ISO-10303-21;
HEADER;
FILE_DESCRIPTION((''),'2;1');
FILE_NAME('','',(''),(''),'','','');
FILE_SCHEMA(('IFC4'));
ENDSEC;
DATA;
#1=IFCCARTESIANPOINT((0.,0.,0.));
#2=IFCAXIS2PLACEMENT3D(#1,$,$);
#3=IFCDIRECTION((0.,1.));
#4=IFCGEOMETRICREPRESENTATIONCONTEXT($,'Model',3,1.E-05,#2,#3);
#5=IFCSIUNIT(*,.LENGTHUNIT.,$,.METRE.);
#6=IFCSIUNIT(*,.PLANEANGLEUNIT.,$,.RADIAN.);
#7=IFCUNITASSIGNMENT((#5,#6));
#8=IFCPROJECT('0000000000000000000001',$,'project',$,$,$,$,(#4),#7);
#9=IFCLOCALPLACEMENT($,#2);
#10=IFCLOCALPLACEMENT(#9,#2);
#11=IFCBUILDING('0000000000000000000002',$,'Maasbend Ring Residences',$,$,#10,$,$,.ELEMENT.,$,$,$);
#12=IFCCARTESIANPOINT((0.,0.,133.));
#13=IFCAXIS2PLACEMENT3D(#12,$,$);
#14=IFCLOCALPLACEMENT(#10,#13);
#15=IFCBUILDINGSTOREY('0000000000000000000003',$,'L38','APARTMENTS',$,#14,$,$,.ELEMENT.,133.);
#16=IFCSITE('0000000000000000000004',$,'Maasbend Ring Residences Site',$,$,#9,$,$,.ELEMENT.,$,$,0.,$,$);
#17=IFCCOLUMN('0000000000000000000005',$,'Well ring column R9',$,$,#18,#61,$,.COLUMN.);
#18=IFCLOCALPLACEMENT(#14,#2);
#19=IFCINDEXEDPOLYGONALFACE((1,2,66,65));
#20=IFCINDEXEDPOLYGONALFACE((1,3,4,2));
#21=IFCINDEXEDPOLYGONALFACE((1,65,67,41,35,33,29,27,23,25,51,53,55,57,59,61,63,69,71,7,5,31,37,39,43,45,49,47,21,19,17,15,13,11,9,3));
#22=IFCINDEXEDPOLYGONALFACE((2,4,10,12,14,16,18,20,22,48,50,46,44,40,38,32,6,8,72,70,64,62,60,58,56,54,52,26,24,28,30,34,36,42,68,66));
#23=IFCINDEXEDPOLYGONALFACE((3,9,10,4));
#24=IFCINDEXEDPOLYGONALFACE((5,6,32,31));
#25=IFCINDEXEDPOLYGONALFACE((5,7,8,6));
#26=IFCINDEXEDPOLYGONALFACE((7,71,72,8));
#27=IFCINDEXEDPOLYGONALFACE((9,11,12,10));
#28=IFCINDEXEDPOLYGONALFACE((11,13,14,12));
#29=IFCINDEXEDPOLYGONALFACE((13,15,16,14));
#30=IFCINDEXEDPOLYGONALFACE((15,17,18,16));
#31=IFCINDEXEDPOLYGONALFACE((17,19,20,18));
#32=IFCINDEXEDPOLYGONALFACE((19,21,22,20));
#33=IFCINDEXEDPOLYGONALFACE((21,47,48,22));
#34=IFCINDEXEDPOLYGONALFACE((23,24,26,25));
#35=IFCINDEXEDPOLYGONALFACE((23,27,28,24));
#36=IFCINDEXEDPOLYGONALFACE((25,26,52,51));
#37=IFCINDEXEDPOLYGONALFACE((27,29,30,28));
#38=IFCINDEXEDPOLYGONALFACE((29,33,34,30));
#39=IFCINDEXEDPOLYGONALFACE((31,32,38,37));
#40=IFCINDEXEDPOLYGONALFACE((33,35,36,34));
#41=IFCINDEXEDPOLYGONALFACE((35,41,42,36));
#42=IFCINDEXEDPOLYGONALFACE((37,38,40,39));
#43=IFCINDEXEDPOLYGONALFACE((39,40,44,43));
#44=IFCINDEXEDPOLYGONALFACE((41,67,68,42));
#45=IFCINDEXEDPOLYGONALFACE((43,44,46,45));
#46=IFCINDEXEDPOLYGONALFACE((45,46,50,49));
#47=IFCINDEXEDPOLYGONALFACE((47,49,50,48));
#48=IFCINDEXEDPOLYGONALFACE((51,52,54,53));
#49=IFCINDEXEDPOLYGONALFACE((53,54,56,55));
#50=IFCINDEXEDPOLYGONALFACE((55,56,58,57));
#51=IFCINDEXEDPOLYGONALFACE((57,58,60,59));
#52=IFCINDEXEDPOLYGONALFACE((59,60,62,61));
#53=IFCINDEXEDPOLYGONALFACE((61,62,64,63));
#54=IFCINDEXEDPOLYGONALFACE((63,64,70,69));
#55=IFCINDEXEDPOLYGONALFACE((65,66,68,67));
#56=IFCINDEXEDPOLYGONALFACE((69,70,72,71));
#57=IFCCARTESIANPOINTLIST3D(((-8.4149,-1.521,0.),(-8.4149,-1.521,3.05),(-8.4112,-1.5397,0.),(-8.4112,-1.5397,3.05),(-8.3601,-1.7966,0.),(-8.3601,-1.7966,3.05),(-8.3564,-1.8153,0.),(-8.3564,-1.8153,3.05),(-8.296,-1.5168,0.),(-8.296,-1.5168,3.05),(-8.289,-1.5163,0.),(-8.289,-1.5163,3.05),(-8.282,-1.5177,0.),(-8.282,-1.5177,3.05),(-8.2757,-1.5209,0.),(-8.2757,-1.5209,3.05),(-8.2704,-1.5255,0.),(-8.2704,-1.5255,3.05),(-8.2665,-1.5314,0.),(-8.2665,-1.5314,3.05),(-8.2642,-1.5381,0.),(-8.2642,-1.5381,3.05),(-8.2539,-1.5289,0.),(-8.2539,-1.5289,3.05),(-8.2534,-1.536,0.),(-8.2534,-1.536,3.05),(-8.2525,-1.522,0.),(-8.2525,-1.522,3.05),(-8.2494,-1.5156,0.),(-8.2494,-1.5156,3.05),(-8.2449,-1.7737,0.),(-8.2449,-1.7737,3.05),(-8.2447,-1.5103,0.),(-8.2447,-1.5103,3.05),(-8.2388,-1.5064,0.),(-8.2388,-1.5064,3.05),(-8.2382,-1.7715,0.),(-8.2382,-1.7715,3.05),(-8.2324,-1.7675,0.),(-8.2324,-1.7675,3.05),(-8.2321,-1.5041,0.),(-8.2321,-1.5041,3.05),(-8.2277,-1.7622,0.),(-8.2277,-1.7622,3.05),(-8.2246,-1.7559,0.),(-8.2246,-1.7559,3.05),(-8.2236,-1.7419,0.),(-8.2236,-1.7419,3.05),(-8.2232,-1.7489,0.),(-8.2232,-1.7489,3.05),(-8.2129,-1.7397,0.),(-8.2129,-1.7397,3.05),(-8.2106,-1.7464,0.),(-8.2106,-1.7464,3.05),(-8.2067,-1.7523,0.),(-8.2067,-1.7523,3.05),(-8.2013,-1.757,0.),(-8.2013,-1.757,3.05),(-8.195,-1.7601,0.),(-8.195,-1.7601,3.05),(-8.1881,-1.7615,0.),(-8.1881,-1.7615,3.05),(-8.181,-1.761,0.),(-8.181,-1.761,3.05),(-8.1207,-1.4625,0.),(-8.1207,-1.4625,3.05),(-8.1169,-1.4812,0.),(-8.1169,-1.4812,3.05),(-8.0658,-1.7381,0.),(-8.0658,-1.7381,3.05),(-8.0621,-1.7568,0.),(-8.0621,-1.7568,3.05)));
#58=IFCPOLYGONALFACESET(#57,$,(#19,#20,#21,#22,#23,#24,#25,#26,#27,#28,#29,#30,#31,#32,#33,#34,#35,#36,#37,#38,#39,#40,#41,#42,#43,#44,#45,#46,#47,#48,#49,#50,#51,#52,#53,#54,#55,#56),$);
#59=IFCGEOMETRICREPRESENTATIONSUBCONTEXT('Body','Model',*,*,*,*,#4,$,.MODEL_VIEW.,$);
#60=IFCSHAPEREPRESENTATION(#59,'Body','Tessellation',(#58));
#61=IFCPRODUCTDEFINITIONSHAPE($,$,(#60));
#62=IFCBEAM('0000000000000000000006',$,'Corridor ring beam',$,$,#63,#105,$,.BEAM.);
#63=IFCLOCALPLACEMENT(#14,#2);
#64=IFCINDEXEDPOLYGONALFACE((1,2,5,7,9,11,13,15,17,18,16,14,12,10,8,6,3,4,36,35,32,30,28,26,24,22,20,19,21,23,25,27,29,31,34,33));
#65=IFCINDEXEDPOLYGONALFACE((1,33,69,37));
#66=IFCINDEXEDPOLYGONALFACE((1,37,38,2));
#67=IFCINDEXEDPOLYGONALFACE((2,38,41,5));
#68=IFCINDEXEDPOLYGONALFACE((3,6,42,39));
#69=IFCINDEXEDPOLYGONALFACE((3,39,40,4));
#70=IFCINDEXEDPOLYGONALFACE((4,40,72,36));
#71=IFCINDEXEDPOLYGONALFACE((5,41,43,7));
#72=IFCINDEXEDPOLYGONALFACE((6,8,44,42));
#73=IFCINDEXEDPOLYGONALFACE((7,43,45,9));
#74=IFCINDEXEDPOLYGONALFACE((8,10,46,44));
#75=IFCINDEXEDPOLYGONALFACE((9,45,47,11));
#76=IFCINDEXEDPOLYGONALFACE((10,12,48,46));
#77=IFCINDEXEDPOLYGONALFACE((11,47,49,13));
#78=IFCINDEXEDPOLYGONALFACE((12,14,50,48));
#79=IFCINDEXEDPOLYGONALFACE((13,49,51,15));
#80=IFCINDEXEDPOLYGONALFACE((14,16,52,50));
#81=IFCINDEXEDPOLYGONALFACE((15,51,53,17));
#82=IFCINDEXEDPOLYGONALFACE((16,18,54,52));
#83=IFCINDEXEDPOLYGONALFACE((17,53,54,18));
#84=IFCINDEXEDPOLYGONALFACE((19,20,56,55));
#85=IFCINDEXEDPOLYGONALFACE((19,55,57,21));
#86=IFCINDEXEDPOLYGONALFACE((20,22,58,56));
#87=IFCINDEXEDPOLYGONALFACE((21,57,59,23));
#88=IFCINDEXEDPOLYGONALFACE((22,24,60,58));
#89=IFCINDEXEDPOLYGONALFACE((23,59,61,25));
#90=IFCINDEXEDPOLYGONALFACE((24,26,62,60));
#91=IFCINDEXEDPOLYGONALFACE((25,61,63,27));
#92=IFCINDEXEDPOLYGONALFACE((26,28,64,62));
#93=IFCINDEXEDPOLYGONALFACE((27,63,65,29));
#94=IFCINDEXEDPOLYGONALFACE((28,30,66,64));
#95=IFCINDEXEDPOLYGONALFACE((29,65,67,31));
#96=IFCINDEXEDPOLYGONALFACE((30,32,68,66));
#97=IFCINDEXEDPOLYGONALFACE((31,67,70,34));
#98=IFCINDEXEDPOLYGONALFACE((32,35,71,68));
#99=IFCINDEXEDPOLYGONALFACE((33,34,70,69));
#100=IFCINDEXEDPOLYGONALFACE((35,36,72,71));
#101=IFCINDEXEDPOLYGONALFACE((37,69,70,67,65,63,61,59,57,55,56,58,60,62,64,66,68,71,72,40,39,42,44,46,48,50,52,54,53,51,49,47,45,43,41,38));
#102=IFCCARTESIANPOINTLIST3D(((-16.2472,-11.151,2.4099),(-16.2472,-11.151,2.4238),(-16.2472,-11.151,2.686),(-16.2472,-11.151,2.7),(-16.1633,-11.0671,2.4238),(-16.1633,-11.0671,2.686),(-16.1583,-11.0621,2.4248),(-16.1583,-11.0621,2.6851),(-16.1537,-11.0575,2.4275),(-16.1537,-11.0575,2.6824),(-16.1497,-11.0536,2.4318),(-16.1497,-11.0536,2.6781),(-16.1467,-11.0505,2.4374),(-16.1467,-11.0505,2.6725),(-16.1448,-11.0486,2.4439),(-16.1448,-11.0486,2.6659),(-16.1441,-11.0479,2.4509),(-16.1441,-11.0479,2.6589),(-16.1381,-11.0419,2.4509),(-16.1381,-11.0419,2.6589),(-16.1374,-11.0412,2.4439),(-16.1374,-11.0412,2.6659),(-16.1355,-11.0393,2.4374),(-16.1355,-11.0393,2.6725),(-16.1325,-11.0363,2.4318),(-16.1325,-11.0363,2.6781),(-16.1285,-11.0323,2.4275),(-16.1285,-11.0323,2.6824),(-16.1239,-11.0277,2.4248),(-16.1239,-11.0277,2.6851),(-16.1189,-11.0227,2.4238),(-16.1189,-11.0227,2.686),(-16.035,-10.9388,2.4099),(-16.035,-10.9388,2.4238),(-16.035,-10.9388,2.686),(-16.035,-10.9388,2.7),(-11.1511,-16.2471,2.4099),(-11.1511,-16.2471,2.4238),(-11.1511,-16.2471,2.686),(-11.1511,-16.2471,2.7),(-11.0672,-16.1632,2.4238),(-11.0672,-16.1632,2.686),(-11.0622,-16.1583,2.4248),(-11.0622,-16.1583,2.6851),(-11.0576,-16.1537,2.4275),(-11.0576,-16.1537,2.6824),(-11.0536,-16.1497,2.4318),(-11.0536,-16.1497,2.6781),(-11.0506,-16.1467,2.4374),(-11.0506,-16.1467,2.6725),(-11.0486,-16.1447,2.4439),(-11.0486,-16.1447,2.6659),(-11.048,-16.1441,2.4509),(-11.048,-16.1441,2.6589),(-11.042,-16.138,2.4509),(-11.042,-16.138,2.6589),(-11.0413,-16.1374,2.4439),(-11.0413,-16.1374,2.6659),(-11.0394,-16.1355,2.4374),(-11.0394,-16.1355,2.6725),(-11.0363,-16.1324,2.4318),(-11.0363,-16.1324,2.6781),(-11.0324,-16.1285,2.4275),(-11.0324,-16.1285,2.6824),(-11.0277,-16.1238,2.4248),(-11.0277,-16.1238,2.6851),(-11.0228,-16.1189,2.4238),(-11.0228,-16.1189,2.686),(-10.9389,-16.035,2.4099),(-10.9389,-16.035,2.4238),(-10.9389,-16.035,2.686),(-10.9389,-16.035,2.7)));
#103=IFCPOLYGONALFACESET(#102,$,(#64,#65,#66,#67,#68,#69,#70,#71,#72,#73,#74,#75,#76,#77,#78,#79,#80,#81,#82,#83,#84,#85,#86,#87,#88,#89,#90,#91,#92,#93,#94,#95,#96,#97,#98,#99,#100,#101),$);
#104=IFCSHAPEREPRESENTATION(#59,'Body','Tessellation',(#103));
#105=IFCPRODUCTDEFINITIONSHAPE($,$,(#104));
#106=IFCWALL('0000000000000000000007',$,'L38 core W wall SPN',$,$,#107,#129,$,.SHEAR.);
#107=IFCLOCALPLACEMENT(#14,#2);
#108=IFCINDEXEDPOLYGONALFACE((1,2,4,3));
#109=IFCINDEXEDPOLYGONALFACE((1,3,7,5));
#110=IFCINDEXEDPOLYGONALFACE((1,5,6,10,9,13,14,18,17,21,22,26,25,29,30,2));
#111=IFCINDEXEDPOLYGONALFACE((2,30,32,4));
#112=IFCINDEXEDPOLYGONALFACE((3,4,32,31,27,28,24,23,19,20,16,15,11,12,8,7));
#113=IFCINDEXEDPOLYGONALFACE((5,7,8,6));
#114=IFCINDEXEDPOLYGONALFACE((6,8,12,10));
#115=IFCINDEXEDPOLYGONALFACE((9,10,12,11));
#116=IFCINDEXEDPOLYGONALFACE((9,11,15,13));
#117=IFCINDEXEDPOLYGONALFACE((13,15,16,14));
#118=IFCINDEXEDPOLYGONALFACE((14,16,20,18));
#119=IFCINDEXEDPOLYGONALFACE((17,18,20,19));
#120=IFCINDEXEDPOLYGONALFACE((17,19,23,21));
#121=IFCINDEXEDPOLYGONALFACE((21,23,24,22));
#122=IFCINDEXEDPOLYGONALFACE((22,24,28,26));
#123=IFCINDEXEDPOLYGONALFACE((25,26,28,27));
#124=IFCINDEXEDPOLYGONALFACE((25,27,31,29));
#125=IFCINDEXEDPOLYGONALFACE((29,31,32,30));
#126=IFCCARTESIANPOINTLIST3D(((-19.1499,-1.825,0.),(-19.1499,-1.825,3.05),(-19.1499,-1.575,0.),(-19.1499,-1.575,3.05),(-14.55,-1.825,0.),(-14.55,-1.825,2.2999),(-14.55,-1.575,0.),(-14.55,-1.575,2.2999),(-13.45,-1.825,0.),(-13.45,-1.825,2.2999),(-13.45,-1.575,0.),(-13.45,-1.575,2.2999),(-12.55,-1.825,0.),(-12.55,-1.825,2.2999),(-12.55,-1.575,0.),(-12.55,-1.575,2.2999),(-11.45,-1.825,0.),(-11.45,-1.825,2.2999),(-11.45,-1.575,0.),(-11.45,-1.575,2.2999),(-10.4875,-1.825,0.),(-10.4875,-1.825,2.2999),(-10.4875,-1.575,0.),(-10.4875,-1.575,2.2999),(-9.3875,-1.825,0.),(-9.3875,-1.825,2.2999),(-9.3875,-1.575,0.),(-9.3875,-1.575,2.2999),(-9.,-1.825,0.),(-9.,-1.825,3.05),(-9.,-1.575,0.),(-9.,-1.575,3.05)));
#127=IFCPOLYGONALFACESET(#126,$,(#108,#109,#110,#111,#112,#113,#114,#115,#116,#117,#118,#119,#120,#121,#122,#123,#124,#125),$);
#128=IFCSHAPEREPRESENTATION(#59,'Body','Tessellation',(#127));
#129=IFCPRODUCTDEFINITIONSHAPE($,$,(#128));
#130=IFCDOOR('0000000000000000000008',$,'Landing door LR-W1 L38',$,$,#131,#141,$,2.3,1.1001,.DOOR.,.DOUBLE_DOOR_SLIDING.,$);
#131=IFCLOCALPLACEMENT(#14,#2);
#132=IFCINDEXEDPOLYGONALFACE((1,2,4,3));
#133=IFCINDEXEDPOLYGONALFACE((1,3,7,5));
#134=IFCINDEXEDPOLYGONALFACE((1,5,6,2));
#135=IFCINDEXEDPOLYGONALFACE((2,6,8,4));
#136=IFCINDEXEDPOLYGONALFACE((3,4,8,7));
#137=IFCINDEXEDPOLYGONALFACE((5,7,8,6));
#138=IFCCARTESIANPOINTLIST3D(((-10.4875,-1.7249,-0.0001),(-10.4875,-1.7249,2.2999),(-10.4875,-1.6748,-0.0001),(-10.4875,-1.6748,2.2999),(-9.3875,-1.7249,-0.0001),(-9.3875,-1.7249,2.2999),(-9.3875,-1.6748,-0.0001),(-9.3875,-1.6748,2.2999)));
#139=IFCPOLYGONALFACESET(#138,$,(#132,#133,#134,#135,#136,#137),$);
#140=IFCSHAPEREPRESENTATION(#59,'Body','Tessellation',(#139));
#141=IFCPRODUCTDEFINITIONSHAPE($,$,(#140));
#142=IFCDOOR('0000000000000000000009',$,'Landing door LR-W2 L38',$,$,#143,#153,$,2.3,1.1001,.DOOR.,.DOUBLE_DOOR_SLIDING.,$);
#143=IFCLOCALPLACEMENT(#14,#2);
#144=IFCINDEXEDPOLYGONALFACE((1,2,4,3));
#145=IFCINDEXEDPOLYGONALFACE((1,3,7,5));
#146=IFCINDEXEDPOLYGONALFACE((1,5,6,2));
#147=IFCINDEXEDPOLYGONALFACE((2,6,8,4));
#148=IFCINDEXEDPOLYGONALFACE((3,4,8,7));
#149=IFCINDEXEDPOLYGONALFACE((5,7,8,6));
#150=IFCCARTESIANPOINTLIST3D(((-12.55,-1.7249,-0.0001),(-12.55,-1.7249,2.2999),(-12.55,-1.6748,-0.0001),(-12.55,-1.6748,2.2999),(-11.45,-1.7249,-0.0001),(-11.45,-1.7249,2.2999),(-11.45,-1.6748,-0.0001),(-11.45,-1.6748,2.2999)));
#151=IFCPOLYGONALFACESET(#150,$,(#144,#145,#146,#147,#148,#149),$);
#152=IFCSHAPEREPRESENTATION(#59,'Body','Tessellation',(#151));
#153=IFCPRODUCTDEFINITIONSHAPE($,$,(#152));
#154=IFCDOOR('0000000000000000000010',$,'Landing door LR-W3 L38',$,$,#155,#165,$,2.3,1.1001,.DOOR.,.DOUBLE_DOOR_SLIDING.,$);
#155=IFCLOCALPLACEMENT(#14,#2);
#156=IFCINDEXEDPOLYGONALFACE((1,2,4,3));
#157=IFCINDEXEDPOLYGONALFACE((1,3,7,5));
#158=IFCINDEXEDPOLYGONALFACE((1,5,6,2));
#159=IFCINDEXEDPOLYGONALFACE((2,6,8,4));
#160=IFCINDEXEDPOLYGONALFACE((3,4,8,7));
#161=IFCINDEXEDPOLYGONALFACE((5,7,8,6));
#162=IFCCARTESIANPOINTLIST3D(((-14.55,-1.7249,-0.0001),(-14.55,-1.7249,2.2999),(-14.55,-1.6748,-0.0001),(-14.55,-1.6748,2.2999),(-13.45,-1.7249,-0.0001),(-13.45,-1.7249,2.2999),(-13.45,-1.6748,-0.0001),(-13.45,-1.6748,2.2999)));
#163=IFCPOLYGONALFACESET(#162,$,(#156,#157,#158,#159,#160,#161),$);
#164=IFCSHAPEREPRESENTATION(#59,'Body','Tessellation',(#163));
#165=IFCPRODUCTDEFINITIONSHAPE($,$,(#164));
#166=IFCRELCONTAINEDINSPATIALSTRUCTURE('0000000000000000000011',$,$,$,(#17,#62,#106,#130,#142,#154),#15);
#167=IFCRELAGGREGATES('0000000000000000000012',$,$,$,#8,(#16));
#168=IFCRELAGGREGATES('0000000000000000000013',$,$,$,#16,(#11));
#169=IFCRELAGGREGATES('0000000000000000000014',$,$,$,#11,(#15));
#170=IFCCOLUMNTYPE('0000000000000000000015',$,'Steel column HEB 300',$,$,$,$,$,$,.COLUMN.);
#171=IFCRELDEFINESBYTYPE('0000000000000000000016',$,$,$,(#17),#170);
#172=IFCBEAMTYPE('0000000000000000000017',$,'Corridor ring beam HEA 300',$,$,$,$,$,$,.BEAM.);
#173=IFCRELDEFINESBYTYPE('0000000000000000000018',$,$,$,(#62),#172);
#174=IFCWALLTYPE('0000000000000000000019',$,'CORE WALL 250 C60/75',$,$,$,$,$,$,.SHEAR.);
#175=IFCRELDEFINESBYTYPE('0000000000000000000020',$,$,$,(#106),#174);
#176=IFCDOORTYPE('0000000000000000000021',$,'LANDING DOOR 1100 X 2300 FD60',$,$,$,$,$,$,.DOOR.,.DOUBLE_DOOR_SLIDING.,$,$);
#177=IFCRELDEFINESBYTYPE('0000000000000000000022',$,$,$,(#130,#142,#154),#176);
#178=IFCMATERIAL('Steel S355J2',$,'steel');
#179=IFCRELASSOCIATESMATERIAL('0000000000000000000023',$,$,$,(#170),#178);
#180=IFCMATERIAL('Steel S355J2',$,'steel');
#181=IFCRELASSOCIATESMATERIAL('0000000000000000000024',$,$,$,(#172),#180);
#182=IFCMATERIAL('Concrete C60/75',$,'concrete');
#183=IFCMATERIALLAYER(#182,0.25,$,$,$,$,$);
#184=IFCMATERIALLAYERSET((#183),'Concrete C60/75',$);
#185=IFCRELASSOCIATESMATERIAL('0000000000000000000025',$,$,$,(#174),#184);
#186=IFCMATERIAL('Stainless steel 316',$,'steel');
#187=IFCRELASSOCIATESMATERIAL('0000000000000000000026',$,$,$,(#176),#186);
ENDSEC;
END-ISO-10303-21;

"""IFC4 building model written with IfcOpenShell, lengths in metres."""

from ifc_helpers import new_model, si_unit, direction, frame, frame_2d, origin, origin_2d, place, context, subcontext, project, spatial, rectangle, i_section, extrude, material, layer, layer_set, material_profile, profile_set, type_object, element, fill, save


model = new_model("IFC4")

# Units and contexts
model_context = context("Model", 3, precision=1e-05, world=origin(), true_north=direction((0.0, 1.0)))
body_context = subcontext(model_context, "Body", "Model", "MODEL_VIEW")
ifc_project = project(units=[si_unit("LENGTHUNIT", "METRE"), si_unit("PLANEANGLEUNIT", "RADIAN")], contexts=[model_context])

# Site, building, storey
site_placement = place(None, origin())
site = spatial("IfcSite", under=ifc_project, at=site_placement, Name="Maasbend Ring Residences Site", CompositionType="ELEMENT", RefElevation=0.0)
building_placement = place(site_placement, origin())
building = spatial("IfcBuilding", under=site, at=building_placement, Name="Maasbend Ring Residences", CompositionType="ELEMENT")
storey_placement = place(building_placement, frame((0.0, 0.0, 133.0)))
storey = spatial("IfcBuildingStorey", under=building, at=storey_placement, Name="L38", Description="APARTMENTS", CompositionType="ELEMENT", Elevation=133.0)

# Column
ifc_material_1 = material(Name="Steel S355J2", Category="steel")
ifc_material_profile_1 = material_profile(ifc_material_1, i_section(OverallWidth=0.3, OverallDepth=0.3, WebThickness=0.011, FlangeThickness=0.019, FilletRadius=0.0271, at=origin_2d()), Name="HEB 300")
ifc_profile_set_1 = profile_set([ifc_material_profile_1], Name="Steel S355J2")
column_type = type_object("IfcColumnType", Name="Steel column HEB 300", PredefinedType="COLUMN", material=ifc_profile_set_1)
column_placement = place(storey_placement, frame((-8.2385, -1.6389, 0.0), z_axis=(0.0, 0.0, 1.0), x_axis=(-0.980785, -0.19509, 0.0)))
element("IfcColumn", 1, at=column_placement, inside=storey, type_object=column_type, Name="Well ring column R9", PredefinedType="COLUMN", context=body_context, shape_type="SweptSolid", body=[
    extrude(i_section(OverallWidth=0.3, OverallDepth=0.3, WebThickness=0.011, FlangeThickness=0.019, FilletRadius=0.0271, at=origin_2d()), origin(), (0.0, 0.0, 1.0), 3.05),
])

# Beam
ifc_material_2 = material(Name="Steel S355J2", Category="steel")
ifc_material_profile_2 = material_profile(ifc_material_2, i_section(OverallWidth=0.3, OverallDepth=0.29, WebThickness=0.0085, FlangeThickness=0.0139, FilletRadius=0.0271, at=origin_2d()), Name="HEA 300")
ifc_profile_set_2 = profile_set([ifc_material_profile_2], Name="Steel S355J2")
beam_type = type_object("IfcBeamType", Name="Corridor ring beam HEA 300", PredefinedType="BEAM", material=ifc_profile_set_2)
beam_placement = place(storey_placement, frame((-16.1411, -11.0449, 2.5549), z_axis=(0.707107, -0.707107, 0.0), x_axis=(0.707107, 0.707107, 0.0)))
element("IfcBeam", 2, at=beam_placement, inside=storey, type_object=beam_type, Name="Corridor ring beam", PredefinedType="BEAM", context=body_context, shape_type="SweptSolid", body=[
    extrude(i_section(OverallWidth=0.3, OverallDepth=0.29, WebThickness=0.0085, FlangeThickness=0.0139, FilletRadius=0.0271, at=origin_2d()), origin(), (0.0, 0.0, 1.0), 7.207),
])

# Wall, openings, doors
ifc_material_3 = material(Name="Concrete C60/75", Category="concrete")
ifc_layer_1 = layer(ifc_material_3, 0.25)
ifc_layer_set_1 = layer_set([ifc_layer_1], Name="Concrete C60/75")
wall_type_1 = type_object("IfcWallType", Name="CORE WALL 250 C60/75", PredefinedType="SHEAR", material=ifc_layer_set_1)
wall_1_placement = place(storey_placement, frame((-9.0, -1.7, 0.0), z_axis=(0.0, 0.0, 1.0), x_axis=(-1.0, 0.0, 0.0)))
wall_1 = element("IfcWall", 3, at=wall_1_placement, inside=storey, type_object=wall_type_1, Name="L38 core W wall SPN", PredefinedType="SHEAR", context=body_context, shape_type="SweptSolid", body=[
    extrude(rectangle(XDim=10.1499, YDim=0.25, at=frame_2d((5.075, 0.0))), origin(), (0.0, 0.0, 1.0), 3.05),
])
opening_1_placement = place(wall_1_placement, frame((0.3875, 0.0, 0.0)))
opening_1 = element("IfcOpeningElement", 4, at=opening_1_placement, cuts=wall_1, PredefinedType="OPENING", context=body_context, shape_type="SweptSolid", body=[
    extrude(rectangle(XDim=1.1001, YDim=2.3, at=frame_2d((0.55, 1.1499))), frame((0.0, 0.135, 0.0), z_axis=(0.0, -1.0, 0.0), x_axis=(1.0, 0.0, 0.0)), (0.0, 0.0, 1.0), 0.27),
])
opening_2_placement = place(wall_1_placement, frame((2.45, 0.0, 0.0)))
opening_2 = element("IfcOpeningElement", 5, at=opening_2_placement, cuts=wall_1, PredefinedType="OPENING", context=body_context, shape_type="SweptSolid", body=[
    extrude(rectangle(XDim=1.1001, YDim=2.3, at=frame_2d((0.55, 1.1499))), frame((0.0, 0.135, 0.0), z_axis=(0.0, -1.0, 0.0), x_axis=(1.0, 0.0, 0.0)), (0.0, 0.0, 1.0), 0.27),
])
opening_3_placement = place(wall_1_placement, frame((4.45, 0.0, 0.0)))
opening_3 = element("IfcOpeningElement", 6, at=opening_3_placement, cuts=wall_1, PredefinedType="OPENING", context=body_context, shape_type="SweptSolid", body=[
    extrude(rectangle(XDim=1.1001, YDim=2.3, at=frame_2d((0.55, 1.1499))), frame((0.0, 0.135, 0.0), z_axis=(0.0, -1.0, 0.0), x_axis=(1.0, 0.0, 0.0)), (0.0, 0.0, 1.0), 0.27),
])
ifc_material_4 = material(Name="Stainless steel 316", Category="steel")
door_type_1 = type_object("IfcDoorType", Name="LANDING DOOR 1100 X 2300 FD60", OperationType="DOUBLE_DOOR_SLIDING", PredefinedType="DOOR", material=ifc_material_4)
door_1_placement = place(opening_1_placement, origin())
door_1 = element("IfcDoor", 7, at=door_1_placement, inside=storey, type_object=door_type_1, Name="Landing door LR-W1 L38", OperationType="DOUBLE_DOOR_SLIDING", OverallHeight=2.3, OverallWidth=1.1001, PredefinedType="DOOR", context=body_context, shape_type="SweptSolid", body=[
    extrude(rectangle(XDim=1.1001, YDim=2.3, at=frame_2d((0.55, 1.1499))), frame((0.0, 0.0249, 0.0), z_axis=(0.0, -1.0, 0.0), x_axis=(1.0, 0.0, 0.0)), (0.0, 0.0, 1.0), 0.05),
])
fill(opening_1, door_1)
door_2_placement = place(opening_2_placement, origin())
door_2 = element("IfcDoor", 8, at=door_2_placement, inside=storey, type_object=door_type_1, Name="Landing door LR-W2 L38", OperationType="DOUBLE_DOOR_SLIDING", OverallHeight=2.3, OverallWidth=1.1001, PredefinedType="DOOR", context=body_context, shape_type="SweptSolid", body=[
    extrude(rectangle(XDim=1.1001, YDim=2.3, at=frame_2d((0.55, 1.1499))), frame((0.0, 0.0249, 0.0), z_axis=(0.0, -1.0, 0.0), x_axis=(1.0, 0.0, 0.0)), (0.0, 0.0, 1.0), 0.05),
])
fill(opening_2, door_2)
door_3_placement = place(opening_3_placement, origin())
door_3 = element("IfcDoor", 9, at=door_3_placement, inside=storey, type_object=door_type_1, Name="Landing door LR-W3 L38", OperationType="DOUBLE_DOOR_SLIDING", OverallHeight=2.3, OverallWidth=1.1001, PredefinedType="DOOR", context=body_context, shape_type="SweptSolid", body=[
    extrude(rectangle(XDim=1.1001, YDim=2.3, at=frame_2d((0.55, 1.1499))), frame((0.0, 0.0249, 0.0), z_axis=(0.0, -1.0, 0.0), x_axis=(1.0, 0.0, 0.0)), (0.0, 0.0, 1.0), 0.05),
])
fill(opening_3, door_3)

save(model, "model.ifc")
